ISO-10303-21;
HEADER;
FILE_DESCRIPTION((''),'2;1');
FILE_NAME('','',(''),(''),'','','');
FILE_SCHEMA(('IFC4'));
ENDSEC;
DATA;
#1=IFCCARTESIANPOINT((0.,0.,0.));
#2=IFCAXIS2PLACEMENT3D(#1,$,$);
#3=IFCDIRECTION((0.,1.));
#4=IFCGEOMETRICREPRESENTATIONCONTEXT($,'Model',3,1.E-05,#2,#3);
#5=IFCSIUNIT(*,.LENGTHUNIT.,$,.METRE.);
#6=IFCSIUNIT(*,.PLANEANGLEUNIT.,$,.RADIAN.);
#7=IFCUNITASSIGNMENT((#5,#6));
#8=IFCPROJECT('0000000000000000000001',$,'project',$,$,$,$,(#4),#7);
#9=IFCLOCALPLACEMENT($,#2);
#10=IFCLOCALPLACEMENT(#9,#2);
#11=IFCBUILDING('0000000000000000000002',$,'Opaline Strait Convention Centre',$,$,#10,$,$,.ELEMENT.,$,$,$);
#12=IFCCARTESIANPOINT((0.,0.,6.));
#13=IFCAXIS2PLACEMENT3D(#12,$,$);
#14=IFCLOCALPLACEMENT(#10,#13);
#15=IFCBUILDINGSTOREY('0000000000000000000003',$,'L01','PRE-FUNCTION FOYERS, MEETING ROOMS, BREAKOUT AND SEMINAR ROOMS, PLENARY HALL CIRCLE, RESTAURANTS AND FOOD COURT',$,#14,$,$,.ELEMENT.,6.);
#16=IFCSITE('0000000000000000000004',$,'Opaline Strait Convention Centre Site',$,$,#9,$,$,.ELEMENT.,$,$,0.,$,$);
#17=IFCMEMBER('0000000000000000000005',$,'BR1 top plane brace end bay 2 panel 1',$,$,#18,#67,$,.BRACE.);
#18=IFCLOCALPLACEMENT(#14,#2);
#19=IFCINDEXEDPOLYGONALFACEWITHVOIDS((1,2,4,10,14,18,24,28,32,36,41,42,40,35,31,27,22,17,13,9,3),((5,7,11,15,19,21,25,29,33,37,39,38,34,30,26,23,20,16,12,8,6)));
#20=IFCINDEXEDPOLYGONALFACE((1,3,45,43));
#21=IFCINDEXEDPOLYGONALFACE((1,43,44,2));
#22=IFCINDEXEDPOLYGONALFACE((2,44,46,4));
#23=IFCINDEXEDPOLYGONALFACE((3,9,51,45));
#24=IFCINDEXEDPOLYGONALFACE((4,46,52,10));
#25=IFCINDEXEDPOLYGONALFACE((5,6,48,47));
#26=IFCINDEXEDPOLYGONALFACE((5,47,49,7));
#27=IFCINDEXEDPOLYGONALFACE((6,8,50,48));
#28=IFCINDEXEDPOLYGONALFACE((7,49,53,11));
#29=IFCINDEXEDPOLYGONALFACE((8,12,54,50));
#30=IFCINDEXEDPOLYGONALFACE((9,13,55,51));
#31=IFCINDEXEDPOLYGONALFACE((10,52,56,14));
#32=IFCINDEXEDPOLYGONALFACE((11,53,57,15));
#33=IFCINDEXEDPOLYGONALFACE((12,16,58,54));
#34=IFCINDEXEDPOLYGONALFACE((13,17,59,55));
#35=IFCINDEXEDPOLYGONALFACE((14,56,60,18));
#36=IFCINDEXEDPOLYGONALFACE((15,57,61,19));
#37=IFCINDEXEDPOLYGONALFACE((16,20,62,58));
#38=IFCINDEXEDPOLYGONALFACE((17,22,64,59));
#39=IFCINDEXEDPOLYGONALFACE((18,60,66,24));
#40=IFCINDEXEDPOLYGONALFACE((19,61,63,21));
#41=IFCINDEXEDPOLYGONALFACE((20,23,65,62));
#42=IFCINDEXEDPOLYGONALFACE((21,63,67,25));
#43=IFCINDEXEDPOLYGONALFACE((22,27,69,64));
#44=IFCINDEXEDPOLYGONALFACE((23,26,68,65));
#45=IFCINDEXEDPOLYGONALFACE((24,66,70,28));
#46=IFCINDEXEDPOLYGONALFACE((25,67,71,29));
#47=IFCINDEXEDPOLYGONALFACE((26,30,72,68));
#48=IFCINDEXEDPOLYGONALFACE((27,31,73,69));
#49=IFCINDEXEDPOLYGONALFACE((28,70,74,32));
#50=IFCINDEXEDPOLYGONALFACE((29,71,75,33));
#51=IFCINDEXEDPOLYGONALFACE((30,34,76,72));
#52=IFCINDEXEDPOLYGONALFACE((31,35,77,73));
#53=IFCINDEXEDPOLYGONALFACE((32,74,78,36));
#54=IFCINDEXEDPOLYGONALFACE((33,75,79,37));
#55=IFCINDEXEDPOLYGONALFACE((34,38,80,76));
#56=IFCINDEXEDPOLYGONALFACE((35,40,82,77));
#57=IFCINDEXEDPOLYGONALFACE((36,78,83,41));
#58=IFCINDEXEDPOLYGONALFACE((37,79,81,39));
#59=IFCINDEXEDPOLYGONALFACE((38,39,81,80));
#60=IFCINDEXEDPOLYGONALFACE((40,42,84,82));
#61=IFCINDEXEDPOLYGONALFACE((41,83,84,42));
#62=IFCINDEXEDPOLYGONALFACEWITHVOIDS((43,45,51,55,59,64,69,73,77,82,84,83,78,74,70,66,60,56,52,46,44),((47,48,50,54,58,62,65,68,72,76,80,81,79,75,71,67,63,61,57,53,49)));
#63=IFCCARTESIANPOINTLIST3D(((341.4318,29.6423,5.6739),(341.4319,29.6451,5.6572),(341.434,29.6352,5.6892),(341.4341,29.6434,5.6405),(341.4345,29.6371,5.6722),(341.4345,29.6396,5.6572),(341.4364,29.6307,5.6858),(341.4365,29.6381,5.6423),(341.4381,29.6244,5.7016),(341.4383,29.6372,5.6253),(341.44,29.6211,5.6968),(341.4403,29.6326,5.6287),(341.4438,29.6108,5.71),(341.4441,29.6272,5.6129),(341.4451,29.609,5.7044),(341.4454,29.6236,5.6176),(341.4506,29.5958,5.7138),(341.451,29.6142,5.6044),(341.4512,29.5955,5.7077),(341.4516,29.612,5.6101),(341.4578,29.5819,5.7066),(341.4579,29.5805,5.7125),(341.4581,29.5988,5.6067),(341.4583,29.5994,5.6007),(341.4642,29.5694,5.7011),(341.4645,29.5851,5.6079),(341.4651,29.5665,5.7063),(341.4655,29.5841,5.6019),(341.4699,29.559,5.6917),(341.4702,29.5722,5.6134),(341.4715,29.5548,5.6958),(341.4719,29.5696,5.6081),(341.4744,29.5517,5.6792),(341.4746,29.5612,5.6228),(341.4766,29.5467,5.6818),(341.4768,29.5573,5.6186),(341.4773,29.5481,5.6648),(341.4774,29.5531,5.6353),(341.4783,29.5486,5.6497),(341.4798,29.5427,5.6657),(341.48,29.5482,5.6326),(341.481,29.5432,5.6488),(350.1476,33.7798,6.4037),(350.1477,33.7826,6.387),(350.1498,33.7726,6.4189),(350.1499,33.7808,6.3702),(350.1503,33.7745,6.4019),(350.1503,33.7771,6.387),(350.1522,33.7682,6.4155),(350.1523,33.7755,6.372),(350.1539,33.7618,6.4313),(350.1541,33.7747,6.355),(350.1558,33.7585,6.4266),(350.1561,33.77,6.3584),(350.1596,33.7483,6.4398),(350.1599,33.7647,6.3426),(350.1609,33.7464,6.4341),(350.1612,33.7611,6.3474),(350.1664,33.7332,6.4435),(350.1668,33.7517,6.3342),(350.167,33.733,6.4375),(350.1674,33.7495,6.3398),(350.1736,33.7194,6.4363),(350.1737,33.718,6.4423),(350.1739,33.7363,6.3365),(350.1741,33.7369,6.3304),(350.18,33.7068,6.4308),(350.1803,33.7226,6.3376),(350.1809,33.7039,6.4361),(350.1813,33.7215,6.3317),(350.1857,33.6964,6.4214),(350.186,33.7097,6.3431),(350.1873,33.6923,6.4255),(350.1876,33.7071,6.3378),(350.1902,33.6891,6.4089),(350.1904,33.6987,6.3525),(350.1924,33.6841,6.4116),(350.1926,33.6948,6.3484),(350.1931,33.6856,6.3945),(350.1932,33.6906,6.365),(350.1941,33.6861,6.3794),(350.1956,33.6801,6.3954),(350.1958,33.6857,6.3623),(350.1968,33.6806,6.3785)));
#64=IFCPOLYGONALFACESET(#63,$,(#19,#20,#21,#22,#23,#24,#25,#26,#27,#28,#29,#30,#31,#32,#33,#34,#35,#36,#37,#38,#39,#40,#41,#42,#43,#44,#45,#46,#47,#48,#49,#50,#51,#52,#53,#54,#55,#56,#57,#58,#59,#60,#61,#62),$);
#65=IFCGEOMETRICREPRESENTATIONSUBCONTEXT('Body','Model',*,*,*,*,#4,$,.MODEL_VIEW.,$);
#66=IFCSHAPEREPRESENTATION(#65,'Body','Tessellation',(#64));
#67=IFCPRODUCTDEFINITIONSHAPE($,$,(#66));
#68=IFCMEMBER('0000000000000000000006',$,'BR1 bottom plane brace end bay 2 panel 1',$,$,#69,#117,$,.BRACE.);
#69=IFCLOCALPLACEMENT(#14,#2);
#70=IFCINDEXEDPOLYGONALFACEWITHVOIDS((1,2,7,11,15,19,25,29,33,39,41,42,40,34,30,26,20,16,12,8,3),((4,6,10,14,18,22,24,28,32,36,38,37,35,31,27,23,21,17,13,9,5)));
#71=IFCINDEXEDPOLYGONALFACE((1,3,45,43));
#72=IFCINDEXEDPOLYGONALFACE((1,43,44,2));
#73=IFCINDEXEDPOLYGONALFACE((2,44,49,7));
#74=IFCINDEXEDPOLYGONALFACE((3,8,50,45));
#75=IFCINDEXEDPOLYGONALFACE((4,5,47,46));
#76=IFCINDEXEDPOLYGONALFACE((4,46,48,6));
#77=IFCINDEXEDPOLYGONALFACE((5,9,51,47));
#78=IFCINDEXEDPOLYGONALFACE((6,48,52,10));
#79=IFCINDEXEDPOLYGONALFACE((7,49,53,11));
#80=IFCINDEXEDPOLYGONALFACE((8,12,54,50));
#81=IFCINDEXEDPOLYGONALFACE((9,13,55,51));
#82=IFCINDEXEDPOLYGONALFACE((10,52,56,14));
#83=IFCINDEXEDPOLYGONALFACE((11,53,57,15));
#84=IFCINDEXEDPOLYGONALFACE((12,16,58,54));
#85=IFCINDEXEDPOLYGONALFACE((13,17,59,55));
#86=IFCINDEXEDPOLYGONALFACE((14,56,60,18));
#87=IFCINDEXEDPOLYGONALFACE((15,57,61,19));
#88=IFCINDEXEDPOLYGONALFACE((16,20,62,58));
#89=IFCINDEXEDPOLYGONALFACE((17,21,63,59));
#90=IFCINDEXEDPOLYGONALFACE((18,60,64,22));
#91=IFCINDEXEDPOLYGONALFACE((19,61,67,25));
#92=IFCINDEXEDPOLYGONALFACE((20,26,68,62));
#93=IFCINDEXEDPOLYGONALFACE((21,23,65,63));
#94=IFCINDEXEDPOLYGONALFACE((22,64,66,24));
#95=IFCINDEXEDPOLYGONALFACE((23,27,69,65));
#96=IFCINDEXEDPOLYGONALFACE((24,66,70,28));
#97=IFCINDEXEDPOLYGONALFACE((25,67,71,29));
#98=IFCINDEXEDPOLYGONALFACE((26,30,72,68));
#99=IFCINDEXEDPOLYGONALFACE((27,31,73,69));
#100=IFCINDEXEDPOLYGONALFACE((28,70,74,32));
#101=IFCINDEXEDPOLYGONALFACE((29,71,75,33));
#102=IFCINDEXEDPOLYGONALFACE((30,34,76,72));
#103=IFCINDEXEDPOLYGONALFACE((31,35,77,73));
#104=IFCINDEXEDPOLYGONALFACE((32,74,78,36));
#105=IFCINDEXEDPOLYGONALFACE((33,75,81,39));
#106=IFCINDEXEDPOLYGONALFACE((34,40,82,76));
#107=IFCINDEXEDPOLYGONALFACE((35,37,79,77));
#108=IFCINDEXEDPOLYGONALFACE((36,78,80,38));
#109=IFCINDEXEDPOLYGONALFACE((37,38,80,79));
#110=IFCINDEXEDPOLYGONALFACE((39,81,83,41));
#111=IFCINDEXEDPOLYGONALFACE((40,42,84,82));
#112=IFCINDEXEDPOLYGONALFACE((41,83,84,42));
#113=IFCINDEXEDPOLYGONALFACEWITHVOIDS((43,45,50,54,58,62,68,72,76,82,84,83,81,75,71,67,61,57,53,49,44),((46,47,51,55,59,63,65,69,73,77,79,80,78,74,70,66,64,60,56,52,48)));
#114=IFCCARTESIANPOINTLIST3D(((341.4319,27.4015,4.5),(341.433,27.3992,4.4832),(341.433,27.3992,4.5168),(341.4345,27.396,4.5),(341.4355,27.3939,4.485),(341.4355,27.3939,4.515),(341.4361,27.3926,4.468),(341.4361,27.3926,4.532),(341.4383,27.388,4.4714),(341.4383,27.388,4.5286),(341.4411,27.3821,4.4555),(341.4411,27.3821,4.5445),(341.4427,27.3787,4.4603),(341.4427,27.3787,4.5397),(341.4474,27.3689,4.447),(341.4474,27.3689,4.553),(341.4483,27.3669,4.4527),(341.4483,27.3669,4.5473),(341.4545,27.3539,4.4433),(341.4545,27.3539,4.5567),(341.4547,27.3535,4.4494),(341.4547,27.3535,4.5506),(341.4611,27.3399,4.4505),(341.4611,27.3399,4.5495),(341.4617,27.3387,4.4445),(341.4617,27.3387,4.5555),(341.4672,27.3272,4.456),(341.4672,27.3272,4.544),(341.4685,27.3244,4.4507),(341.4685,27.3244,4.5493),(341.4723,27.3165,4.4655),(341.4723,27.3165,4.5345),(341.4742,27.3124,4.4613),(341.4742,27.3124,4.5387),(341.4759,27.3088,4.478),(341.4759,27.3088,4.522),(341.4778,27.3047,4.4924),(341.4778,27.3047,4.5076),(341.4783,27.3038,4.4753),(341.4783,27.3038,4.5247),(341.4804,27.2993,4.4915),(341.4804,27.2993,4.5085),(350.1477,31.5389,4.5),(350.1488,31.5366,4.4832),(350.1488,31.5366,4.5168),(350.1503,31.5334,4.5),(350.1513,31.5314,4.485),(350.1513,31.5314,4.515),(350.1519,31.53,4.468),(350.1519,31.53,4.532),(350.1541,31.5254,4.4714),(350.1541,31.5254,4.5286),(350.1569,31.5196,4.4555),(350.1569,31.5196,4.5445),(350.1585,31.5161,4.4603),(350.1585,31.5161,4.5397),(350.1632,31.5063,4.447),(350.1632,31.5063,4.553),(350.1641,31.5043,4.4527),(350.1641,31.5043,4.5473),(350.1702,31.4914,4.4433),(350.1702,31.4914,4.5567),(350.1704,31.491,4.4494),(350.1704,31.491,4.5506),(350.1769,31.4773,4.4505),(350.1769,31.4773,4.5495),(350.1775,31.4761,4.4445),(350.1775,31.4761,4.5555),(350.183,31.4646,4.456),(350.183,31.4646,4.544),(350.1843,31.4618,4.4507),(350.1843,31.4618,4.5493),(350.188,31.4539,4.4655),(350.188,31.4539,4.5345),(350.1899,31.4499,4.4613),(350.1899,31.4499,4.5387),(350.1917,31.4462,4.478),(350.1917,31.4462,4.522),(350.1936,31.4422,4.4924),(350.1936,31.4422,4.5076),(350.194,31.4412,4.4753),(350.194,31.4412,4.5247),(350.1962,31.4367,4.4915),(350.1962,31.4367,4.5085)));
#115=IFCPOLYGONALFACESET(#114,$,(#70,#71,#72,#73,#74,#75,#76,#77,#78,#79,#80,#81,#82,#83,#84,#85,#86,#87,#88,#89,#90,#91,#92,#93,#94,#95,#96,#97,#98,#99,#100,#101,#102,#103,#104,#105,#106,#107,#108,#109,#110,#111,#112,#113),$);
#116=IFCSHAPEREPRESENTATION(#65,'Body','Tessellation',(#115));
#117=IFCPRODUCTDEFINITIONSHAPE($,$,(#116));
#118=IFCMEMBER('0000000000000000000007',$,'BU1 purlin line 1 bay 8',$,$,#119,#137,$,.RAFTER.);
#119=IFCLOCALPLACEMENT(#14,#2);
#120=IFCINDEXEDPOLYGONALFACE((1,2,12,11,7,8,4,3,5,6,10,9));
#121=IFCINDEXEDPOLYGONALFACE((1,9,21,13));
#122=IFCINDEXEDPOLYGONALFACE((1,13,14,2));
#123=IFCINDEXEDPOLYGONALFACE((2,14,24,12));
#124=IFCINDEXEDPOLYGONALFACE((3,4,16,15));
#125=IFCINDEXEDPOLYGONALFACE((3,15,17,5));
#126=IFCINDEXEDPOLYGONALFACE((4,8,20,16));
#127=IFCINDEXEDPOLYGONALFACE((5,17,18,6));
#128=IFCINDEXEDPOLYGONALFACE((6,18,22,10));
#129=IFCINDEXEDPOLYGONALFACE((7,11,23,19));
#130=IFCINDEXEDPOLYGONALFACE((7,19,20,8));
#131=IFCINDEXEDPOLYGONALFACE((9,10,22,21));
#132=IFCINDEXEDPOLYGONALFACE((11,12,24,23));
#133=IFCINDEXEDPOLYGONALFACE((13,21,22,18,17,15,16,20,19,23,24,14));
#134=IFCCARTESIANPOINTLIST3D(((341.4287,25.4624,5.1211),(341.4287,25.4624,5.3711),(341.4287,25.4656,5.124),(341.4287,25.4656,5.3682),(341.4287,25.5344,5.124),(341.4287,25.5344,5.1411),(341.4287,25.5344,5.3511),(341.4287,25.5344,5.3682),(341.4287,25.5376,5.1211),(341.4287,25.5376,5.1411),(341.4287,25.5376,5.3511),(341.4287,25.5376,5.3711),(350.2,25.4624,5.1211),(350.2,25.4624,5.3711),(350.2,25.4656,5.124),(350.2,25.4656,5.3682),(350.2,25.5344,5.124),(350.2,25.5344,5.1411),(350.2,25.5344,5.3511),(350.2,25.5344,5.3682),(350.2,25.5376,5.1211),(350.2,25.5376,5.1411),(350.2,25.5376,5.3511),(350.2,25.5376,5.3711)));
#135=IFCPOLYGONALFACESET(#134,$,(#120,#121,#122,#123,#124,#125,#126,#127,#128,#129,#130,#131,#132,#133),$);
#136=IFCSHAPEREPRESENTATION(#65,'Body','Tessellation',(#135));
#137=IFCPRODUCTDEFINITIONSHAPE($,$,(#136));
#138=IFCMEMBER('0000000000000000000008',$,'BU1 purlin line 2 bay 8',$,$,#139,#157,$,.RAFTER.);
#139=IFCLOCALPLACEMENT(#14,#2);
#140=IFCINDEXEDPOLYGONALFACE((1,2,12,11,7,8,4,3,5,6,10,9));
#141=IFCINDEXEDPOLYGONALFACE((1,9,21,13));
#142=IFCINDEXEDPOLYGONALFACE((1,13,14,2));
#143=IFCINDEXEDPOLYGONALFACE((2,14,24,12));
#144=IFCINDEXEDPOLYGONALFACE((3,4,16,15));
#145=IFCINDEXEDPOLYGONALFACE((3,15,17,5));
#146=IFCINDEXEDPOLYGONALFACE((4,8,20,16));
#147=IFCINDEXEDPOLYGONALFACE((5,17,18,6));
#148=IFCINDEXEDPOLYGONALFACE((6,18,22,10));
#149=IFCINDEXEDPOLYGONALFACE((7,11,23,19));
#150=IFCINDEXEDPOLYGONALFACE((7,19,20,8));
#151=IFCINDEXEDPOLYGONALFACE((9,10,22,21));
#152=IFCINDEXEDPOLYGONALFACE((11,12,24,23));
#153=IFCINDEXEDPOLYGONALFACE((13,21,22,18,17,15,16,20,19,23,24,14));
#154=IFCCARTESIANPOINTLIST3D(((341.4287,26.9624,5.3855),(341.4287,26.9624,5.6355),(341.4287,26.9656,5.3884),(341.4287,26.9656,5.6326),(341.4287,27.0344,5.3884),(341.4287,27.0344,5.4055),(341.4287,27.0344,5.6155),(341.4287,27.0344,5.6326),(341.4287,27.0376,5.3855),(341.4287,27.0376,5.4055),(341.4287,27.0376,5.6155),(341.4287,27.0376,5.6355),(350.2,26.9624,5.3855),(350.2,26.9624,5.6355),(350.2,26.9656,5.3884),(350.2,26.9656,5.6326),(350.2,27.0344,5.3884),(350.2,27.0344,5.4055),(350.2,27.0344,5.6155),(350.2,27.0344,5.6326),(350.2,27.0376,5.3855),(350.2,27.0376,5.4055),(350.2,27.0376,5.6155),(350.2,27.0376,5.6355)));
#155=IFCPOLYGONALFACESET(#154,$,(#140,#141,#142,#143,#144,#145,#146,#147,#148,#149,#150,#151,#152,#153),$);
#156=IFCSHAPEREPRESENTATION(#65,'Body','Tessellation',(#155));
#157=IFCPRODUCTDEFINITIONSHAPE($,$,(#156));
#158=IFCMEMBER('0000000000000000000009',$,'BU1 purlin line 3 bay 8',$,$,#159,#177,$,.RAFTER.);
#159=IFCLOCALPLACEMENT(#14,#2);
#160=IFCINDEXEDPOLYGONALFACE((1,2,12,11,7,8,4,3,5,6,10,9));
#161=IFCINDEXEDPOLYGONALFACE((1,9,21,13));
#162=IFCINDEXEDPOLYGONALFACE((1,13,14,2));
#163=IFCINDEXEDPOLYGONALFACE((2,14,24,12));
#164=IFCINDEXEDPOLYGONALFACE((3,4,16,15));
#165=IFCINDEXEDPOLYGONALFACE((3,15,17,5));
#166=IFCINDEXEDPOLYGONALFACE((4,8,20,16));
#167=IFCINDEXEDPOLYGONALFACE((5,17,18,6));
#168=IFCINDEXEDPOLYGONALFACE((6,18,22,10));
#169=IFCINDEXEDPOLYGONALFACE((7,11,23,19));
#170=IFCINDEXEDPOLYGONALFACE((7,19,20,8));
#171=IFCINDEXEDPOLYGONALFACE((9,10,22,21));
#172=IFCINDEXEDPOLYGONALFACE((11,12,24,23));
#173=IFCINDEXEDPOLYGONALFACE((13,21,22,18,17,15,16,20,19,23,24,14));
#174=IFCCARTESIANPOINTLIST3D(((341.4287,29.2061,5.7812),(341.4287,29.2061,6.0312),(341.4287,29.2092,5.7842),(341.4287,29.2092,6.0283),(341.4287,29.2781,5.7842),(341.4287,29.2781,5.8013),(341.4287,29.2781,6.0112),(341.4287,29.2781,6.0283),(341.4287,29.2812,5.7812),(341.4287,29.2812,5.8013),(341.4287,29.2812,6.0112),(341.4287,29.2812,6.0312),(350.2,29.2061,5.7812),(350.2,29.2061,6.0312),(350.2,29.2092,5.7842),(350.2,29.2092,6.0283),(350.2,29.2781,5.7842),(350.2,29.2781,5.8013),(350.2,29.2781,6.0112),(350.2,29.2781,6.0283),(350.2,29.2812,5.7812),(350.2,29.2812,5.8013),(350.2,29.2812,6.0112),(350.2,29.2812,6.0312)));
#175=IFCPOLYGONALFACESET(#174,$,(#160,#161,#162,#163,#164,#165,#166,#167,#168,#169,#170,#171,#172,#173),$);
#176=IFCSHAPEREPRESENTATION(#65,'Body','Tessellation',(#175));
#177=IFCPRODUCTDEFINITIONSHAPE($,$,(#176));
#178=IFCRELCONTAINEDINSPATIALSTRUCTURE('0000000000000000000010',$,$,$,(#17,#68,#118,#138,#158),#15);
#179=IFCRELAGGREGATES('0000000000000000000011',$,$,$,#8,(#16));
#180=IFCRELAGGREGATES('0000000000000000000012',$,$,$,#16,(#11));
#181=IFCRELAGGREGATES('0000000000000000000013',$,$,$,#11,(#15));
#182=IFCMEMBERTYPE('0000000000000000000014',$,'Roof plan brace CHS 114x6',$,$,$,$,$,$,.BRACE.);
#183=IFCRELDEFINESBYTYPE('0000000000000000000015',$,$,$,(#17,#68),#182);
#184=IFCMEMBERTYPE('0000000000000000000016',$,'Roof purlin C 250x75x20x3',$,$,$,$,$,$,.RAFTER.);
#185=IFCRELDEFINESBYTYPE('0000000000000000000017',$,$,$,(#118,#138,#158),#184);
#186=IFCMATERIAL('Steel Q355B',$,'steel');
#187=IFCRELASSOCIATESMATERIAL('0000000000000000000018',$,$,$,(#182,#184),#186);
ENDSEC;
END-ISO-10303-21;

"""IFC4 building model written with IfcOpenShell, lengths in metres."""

from ifc_helpers import new_model, si_unit, direction, frame, origin, origin_2d, place, context, subcontext, project, spatial, polyline, hollow_circle, outline, extrude, material, material_profile, profile_set, type_object, element, save


model = new_model("IFC4")

# Units and contexts
model_context = context("Model", 3, precision=1e-05, world=origin(), true_north=direction((0.0, 1.0)))
body_context = subcontext(model_context, "Body", "Model", "MODEL_VIEW")
ifc_project = project(units=[si_unit("LENGTHUNIT", "METRE"), si_unit("PLANEANGLEUNIT", "RADIAN")], contexts=[model_context])

# Site, building, storey
site_placement = place(None, origin())
site = spatial("IfcSite", under=ifc_project, at=site_placement, Name="Opaline Strait Convention Centre Site", CompositionType="ELEMENT", RefElevation=0.0)
building_placement = place(site_placement, origin())
building = spatial("IfcBuilding", under=site, at=building_placement, Name="Opaline Strait Convention Centre", CompositionType="ELEMENT")
storey_placement = place(building_placement, frame((0.0, 0.0, 6.0)))
storey = spatial("IfcBuildingStorey", under=building, at=storey_placement, Name="L01", Description="PRE-FUNCTION FOYERS, MEETING ROOMS, BREAKOUT AND SEMINAR ROOMS, PLENARY HALL CIRCLE, RESTAURANTS AND FOOD COURT", CompositionType="ELEMENT", Elevation=6.0)

# Members
ifc_material_1 = material(Name="Steel Q355B", Category="steel")
ifc_material_profile_1 = material_profile(ifc_material_1, hollow_circle(Radius=0.0569, WallThickness=0.0061, at=origin_2d()), Name="CHS 114x6")
ifc_profile_set_1 = profile_set([ifc_material_profile_1], Name="Steel Q355B")
member_type_1 = type_object("IfcMemberType", Name="Roof plan brace CHS 114x6", PredefinedType="BRACE", material=ifc_profile_set_1)
member_1_placement = place(storey_placement, frame((341.4563, 29.5938, 5.6572), z_axis=(0.900807, 0.427619, 0.075421), x_axis=(-0.42884, 0.90338, 0.0)))
element("IfcMember", 1, at=member_1_placement, inside=storey, type_object=member_type_1, Name="BR1 top plane brace end bay 2 panel 1", PredefinedType="BRACE", context=body_context, shape_type="SweptSolid", body=[
    extrude(hollow_circle(Radius=0.0569, WallThickness=0.0061, at=origin_2d()), origin(), (0.0, 0.0, 1.0), 9.6755),
])
member_2_placement = place(storey_placement, frame((341.4563, 27.3501, 4.5), z_axis=(0.90338, 0.42884, 0.0), x_axis=(-0.42884, 0.90338, 0.0)))
element("IfcMember", 2, at=member_2_placement, inside=storey, type_object=member_type_1, Name="BR1 bottom plane brace end bay 2 panel 1", PredefinedType="BRACE", context=body_context, shape_type="SweptSolid", body=[
    extrude(hollow_circle(Radius=0.0569, WallThickness=0.0061, at=origin_2d()), origin(), (0.0, 0.0, 1.0), 9.6479),
])
ifc_material_profile_2 = material_profile(ifc_material_1, outline(polyline([(-0.0376, -0.125), (0.0376, -0.125), (0.0376, -0.105), (0.0344, -0.105), (0.0344, -0.1221), (-0.0344, -0.1221), (-0.0344, 0.1221), (0.0344, 0.1221), (0.0344, 0.105), (0.0376, 0.105), (0.0376, 0.125), (-0.0376, 0.125), (-0.0376, -0.125)])), Name="C 250x75x20x3")
ifc_profile_set_2 = profile_set([ifc_material_profile_2], Name="Steel Q355B")
member_type_2 = type_object("IfcMemberType", Name="Roof purlin C 250x75x20x3", PredefinedType="RAFTER", material=ifc_profile_set_2)
for number, where, z_axis, x_axis, name in (
    (3, (341.4287, 25.5, 5.2461), (1.0, 0.0, 0.0), (0.0, 1.0, 0.0), "BU1 purlin line 1 bay 8"),
    (4, (341.4287, 27.0, 5.5105), (1.0, 0.0, 0.0), (0.0, 1.0, 0.0), "BU1 purlin line 2 bay 8"),
    (5, (341.4287, 29.2437, 5.9062), (1.0, 0.0, 0.0), (0.0, 1.0, 0.0), "BU1 purlin line 3 bay 8"),
):
    element("IfcMember", number, at=place(storey_placement, frame(where, z_axis=z_axis, x_axis=x_axis)), inside=storey, type_object=member_type_2, Name=name, PredefinedType="RAFTER", context=body_context, shape_type="SweptSolid", body=[
        extrude(outline(polyline([(-0.0376, -0.125), (0.0376, -0.125), (0.0376, -0.105), (0.0344, -0.105), (0.0344, -0.1221), (-0.0344, -0.1221), (-0.0344, 0.1221), (0.0344, 0.1221), (0.0344, 0.105), (0.0376, 0.105), (0.0376, 0.125), (-0.0376, 0.125), (-0.0376, -0.125)])), origin(), (0.0, 0.0, 1.0), 8.7712),
    ])

save(model, "model.ifc")
